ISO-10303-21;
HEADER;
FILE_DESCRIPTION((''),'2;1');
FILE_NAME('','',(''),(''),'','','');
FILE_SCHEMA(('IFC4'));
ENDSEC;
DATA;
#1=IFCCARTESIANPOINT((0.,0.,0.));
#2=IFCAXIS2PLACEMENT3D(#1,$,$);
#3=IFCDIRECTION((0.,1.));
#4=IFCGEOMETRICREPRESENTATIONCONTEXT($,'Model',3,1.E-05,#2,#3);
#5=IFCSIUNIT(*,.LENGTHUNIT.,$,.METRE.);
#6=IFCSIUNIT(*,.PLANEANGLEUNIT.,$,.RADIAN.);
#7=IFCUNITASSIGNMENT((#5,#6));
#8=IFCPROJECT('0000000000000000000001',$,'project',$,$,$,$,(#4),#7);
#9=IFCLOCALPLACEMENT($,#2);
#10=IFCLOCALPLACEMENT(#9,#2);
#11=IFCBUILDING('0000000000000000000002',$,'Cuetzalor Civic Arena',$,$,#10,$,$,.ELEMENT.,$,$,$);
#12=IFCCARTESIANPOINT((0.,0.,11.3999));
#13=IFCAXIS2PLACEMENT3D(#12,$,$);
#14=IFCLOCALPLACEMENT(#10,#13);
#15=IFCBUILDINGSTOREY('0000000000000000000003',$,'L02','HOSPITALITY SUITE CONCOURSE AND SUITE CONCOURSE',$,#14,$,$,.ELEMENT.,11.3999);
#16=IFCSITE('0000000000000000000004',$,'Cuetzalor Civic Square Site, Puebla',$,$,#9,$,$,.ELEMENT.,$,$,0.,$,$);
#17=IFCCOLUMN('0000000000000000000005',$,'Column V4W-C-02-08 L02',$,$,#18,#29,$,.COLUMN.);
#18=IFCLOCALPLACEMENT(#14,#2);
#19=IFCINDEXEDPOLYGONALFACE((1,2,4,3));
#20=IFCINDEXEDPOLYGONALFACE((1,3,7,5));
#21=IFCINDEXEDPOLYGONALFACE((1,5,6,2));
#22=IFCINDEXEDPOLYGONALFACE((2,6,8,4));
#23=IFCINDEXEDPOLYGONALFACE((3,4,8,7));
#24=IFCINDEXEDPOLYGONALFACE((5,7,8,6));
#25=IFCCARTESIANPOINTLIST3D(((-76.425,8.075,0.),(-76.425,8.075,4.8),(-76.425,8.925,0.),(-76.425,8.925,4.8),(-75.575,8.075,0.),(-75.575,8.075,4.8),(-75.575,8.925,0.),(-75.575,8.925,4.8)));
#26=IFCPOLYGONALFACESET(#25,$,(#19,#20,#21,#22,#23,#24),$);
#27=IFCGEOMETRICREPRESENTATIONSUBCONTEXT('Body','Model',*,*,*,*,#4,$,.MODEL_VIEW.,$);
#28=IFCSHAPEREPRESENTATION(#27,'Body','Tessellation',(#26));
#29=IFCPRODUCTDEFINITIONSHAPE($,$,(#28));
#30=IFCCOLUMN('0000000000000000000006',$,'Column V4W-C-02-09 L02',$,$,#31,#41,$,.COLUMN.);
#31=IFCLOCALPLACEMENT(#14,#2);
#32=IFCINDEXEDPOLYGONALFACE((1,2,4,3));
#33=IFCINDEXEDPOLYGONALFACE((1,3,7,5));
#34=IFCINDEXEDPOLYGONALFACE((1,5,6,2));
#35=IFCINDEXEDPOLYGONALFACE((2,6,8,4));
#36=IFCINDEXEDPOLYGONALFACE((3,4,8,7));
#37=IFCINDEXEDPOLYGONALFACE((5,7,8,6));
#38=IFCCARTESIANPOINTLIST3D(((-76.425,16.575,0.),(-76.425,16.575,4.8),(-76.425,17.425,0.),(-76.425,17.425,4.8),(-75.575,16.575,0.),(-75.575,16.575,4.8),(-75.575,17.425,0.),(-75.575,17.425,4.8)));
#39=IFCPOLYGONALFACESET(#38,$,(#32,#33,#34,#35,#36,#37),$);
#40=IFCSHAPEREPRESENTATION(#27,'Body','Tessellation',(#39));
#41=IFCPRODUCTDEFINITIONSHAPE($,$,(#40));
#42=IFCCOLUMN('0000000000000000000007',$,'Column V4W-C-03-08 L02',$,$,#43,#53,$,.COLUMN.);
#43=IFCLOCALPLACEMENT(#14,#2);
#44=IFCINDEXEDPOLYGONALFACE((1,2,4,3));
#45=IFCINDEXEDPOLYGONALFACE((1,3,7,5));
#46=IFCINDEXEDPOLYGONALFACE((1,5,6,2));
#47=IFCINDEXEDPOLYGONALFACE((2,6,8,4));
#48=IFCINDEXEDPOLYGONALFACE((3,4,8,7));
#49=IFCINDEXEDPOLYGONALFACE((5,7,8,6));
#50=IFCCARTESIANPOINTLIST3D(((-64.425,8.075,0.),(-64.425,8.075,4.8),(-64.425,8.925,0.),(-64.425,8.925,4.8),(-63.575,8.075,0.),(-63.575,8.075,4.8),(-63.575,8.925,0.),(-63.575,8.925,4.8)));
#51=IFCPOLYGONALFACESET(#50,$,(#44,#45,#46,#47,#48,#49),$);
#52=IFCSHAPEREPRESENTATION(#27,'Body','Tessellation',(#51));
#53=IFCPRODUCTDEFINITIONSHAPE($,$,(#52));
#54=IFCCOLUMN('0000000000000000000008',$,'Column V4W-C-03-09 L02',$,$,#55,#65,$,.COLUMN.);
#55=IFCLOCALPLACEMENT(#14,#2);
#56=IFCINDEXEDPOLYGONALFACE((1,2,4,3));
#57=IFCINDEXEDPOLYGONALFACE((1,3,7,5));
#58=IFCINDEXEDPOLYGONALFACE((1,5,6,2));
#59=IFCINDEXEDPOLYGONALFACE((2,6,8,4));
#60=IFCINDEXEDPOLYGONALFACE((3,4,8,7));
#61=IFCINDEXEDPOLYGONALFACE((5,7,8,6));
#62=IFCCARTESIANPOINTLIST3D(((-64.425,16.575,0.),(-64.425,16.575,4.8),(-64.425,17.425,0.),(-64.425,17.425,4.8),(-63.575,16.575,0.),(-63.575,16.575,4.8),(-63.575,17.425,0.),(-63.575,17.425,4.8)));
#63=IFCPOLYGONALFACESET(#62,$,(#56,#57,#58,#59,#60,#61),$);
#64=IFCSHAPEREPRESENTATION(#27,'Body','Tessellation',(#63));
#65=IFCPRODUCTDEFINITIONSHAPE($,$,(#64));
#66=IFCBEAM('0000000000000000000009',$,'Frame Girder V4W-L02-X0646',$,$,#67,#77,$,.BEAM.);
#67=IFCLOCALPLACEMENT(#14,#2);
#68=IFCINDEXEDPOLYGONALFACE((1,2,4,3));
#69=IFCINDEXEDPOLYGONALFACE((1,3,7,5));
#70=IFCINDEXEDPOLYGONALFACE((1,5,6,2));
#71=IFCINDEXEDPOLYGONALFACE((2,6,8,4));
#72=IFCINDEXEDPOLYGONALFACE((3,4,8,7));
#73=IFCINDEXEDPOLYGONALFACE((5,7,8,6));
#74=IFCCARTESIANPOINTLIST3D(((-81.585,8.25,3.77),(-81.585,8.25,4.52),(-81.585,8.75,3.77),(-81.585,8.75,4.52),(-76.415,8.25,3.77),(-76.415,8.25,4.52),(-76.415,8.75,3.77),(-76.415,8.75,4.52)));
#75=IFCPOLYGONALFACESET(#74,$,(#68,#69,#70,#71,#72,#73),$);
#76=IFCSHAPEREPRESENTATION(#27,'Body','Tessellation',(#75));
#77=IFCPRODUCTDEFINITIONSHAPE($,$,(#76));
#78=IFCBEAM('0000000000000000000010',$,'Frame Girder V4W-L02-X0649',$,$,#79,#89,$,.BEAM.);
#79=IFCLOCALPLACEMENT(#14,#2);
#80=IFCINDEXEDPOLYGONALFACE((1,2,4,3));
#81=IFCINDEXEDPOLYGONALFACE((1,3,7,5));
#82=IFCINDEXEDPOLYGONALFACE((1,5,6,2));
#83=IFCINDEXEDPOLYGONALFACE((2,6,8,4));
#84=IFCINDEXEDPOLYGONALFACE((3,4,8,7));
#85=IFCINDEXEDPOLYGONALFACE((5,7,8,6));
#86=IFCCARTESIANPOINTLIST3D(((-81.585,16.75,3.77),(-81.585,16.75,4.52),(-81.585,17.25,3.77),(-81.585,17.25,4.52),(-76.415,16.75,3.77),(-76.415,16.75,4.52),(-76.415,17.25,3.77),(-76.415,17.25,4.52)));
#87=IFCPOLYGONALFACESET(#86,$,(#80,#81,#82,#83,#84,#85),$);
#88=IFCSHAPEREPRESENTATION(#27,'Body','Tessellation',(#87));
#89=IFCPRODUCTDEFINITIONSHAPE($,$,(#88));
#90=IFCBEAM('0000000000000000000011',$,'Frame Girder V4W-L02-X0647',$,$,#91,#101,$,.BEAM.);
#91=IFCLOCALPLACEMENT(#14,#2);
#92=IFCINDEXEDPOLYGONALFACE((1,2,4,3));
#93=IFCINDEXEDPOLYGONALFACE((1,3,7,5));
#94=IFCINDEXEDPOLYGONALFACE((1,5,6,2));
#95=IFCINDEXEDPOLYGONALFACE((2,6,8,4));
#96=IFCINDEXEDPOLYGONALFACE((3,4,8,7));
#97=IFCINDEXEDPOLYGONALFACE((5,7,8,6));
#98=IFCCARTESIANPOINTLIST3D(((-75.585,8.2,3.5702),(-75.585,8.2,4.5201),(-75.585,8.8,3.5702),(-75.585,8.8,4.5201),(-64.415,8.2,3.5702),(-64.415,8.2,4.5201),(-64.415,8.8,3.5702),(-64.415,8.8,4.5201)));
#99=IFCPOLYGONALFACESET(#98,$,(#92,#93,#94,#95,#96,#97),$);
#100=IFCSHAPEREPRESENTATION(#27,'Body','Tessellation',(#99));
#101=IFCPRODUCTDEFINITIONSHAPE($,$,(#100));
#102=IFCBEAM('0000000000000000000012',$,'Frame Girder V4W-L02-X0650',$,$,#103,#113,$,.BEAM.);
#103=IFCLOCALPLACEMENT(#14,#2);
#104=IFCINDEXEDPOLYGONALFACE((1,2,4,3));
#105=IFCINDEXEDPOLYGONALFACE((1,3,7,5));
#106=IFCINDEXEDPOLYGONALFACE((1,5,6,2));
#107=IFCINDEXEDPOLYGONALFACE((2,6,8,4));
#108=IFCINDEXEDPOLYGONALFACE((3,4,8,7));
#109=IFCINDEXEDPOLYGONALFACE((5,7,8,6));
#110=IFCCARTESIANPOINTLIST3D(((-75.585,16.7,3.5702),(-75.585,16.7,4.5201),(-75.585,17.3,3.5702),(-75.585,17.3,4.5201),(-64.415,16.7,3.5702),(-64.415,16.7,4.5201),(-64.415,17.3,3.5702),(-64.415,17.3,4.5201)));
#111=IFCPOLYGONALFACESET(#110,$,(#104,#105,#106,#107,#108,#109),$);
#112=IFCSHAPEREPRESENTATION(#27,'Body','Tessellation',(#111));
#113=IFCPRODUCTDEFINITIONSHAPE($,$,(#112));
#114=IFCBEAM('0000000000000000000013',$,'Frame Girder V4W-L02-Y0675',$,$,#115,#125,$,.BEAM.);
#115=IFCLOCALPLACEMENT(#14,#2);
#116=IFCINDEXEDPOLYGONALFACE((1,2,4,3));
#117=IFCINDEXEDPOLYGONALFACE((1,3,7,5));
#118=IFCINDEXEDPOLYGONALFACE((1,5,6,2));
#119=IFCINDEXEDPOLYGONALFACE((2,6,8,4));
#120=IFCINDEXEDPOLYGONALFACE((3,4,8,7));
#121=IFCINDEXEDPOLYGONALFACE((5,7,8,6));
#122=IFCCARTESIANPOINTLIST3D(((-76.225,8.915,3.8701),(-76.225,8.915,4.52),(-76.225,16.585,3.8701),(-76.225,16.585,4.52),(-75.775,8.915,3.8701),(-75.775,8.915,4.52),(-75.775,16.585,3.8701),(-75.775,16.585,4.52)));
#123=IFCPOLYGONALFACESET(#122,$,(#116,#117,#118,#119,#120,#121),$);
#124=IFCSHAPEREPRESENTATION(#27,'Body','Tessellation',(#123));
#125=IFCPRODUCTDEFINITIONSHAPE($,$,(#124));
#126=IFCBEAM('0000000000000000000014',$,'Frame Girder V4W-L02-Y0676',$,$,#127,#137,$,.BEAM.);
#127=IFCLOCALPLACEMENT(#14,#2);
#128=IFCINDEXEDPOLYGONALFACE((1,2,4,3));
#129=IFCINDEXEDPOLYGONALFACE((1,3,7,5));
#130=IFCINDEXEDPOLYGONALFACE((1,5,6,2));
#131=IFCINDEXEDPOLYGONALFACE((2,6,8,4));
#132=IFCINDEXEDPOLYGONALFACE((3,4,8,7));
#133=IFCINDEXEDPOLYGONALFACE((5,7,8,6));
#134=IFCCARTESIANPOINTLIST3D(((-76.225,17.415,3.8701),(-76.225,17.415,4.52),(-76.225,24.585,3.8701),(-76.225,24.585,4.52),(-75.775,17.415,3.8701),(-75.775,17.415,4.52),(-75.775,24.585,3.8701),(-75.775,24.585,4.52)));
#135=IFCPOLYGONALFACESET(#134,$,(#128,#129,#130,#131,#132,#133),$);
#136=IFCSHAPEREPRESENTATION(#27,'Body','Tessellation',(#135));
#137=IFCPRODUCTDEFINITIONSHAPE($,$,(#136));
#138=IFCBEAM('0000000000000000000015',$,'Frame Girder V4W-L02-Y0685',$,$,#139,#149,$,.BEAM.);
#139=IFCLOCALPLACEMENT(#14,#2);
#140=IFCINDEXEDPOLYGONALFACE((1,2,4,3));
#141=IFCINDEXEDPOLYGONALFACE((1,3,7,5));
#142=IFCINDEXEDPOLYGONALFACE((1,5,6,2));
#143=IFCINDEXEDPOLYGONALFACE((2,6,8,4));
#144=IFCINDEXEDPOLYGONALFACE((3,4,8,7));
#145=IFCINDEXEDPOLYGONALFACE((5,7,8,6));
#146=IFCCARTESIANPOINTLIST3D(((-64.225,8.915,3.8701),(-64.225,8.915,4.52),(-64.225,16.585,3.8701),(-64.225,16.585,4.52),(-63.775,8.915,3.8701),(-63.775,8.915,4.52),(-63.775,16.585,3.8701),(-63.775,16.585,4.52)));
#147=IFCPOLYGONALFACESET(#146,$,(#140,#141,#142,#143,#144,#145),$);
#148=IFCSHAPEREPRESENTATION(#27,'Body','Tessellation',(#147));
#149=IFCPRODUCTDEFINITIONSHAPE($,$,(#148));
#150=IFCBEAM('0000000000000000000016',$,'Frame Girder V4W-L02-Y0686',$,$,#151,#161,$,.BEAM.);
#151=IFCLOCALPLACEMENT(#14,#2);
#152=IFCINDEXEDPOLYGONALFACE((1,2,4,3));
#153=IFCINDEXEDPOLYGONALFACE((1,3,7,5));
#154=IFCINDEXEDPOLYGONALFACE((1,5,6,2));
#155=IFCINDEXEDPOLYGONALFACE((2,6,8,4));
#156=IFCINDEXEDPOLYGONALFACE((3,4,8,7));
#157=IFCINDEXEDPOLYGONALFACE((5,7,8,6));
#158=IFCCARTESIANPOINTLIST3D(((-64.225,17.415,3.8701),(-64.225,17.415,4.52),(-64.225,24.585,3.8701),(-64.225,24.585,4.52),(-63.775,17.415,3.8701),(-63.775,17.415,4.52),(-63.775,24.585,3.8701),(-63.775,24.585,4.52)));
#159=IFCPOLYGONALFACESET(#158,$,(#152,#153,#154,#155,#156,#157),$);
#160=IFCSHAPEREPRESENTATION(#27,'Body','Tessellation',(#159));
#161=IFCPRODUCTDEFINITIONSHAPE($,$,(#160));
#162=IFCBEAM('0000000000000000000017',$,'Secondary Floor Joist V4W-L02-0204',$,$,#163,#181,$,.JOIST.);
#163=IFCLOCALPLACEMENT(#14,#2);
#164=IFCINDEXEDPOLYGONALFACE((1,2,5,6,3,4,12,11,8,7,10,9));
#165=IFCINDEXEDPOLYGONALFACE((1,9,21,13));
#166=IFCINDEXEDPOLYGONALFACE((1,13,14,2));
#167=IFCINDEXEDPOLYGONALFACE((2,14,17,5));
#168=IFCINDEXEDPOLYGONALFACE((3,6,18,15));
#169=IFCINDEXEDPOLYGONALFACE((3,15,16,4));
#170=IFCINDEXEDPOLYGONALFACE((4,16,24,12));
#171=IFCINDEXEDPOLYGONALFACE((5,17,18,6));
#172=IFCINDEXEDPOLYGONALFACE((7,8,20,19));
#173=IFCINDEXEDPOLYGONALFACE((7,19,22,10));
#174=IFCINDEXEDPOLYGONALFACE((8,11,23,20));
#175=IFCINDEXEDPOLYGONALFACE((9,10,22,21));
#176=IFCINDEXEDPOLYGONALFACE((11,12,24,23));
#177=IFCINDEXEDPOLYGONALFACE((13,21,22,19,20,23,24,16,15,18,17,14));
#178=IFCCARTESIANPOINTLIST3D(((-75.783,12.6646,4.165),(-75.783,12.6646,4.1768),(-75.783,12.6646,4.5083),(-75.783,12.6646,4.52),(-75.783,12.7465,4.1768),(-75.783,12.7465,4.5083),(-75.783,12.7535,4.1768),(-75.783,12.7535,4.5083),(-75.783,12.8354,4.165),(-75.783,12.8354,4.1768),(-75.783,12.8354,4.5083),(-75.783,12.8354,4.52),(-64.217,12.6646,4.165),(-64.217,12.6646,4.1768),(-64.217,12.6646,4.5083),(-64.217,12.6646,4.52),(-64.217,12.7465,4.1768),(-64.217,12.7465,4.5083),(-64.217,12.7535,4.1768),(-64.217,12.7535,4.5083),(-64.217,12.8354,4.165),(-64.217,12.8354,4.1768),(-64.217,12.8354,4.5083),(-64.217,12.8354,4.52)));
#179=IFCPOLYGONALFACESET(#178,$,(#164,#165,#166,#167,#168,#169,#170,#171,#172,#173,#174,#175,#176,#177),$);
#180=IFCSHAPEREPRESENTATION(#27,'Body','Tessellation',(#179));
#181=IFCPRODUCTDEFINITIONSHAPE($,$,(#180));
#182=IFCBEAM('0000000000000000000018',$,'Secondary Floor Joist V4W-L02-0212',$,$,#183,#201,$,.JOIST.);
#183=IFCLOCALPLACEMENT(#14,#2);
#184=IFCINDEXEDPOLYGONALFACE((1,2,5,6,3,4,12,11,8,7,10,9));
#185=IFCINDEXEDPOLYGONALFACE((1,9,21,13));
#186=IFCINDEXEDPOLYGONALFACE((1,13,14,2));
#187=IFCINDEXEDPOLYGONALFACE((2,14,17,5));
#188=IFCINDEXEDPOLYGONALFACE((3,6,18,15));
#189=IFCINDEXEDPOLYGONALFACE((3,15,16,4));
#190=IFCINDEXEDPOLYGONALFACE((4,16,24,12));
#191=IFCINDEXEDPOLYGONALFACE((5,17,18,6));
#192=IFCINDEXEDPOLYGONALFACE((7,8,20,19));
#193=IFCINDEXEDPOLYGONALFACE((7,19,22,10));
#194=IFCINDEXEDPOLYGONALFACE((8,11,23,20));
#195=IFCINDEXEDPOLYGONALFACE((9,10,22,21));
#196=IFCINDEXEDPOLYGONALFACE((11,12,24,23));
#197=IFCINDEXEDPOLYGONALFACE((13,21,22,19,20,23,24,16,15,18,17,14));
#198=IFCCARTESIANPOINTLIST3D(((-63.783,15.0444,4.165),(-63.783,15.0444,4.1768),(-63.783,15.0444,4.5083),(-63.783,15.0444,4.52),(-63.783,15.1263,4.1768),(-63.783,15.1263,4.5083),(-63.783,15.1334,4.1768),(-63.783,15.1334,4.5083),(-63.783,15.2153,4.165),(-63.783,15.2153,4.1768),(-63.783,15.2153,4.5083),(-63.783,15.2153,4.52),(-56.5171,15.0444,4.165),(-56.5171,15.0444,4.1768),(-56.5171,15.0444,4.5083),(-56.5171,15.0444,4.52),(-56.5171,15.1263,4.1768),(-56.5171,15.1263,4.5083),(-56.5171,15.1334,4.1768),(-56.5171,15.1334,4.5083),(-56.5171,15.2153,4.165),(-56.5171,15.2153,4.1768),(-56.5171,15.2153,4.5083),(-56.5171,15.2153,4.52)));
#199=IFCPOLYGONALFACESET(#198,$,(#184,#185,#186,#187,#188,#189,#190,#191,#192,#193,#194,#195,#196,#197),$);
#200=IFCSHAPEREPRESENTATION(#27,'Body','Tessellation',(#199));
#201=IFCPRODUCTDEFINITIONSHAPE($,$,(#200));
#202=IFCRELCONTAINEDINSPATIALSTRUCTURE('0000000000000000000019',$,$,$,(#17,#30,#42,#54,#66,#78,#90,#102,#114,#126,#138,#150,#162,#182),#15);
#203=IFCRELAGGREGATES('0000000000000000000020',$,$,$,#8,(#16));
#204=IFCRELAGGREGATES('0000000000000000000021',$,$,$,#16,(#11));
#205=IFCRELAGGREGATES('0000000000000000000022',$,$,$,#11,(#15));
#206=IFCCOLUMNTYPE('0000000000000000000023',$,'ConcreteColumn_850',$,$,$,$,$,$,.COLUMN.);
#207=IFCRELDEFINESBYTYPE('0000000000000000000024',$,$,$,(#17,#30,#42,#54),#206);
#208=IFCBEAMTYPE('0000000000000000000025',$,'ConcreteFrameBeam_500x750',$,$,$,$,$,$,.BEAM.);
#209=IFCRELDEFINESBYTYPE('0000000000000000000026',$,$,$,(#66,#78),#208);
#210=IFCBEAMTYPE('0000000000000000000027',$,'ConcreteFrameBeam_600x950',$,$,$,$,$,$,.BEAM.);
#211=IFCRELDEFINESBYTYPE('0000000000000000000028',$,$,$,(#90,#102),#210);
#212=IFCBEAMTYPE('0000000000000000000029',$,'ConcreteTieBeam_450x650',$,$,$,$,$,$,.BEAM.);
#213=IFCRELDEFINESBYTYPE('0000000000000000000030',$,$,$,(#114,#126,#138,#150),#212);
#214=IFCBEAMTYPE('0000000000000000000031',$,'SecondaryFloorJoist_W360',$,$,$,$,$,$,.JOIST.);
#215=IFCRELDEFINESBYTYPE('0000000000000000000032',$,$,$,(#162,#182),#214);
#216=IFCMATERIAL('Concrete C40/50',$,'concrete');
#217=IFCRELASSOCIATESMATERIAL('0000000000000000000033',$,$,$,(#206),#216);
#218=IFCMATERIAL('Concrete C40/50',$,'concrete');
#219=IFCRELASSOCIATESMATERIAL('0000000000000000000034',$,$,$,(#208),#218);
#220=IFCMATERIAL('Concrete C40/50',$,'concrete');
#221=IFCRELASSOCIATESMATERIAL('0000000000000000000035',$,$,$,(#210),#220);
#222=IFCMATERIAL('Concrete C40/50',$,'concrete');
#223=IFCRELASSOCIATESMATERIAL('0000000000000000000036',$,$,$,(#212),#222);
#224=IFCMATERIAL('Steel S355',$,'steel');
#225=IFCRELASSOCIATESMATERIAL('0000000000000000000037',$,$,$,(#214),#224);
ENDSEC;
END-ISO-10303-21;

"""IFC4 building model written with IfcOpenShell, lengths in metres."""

from ifc_helpers import new_model, si_unit, direction, frame, origin, origin_2d, place, context, subcontext, project, spatial, rectangle, i_section, extrude, material, material_profile, profile_set, type_object, element, save


model = new_model("IFC4")

# Units and contexts
model_context = context("Model", 3, precision=1e-05, world=origin(), true_north=direction((0.0, 1.0)))
body_context = subcontext(model_context, "Body", "Model", "MODEL_VIEW")
ifc_project = project(units=[si_unit("LENGTHUNIT", "METRE"), si_unit("PLANEANGLEUNIT", "RADIAN")], contexts=[model_context])

# Site, building, storey
site_placement = place(None, origin())
site = spatial("IfcSite", under=ifc_project, at=site_placement, Name="Cuetzalor Civic Square Site, Puebla", CompositionType="ELEMENT", RefElevation=0.0)
building_placement = place(site_placement, origin())
building = spatial("IfcBuilding", under=site, at=building_placement, Name="Cuetzalor Civic Arena", CompositionType="ELEMENT")
storey_placement = place(building_placement, frame((0.0, 0.0, 11.3999)))
storey = spatial("IfcBuildingStorey", under=building, at=storey_placement, Name="L02", Description="HOSPITALITY SUITE CONCOURSE AND SUITE CONCOURSE", CompositionType="ELEMENT", Elevation=11.3999)

# Columns
ifc_material_1 = material(Name="Concrete C40/50", Category="concrete")
ifc_material_profile_1 = material_profile(ifc_material_1, rectangle(XDim=0.8501, YDim=0.8501, at=origin_2d()), Name="RC 850x850")
ifc_profile_set_1 = profile_set([ifc_material_profile_1], Name="Concrete C40/50")
column_type = type_object("IfcColumnType", Name="ConcreteColumn_850", PredefinedType="COLUMN", material=ifc_profile_set_1)
for number, where, z_axis, x_axis, name in (
    (1, (-76.0, 8.5, 0.0), (0.0, 0.0, 1.0), (1.0, 0.0, 0.0), "Column V4W-C-02-08 L02"),
    (2, (-76.0, 17.0, 0.0), (0.0, 0.0, 1.0), (1.0, 0.0, 0.0), "Column V4W-C-02-09 L02"),
    (3, (-64.0, 8.5, 0.0), (0.0, 0.0, 1.0), (1.0, 0.0, 0.0), "Column V4W-C-03-08 L02"),
    (4, (-64.0, 17.0, 0.0), (0.0, 0.0, 1.0), (1.0, 0.0, 0.0), "Column V4W-C-03-09 L02"),
):
    element("IfcColumn", number, at=place(storey_placement, frame(where, z_axis=z_axis, x_axis=x_axis)), inside=storey, type_object=column_type, Name=name, PredefinedType="COLUMN", context=body_context, shape_type="SweptSolid", body=[
        extrude(rectangle(XDim=0.8501, YDim=0.8501, at=origin_2d()), origin(), (0.0, 0.0, 1.0), 4.8),
    ])

# Beams
ifc_material_2 = material(Name="Concrete C40/50", Category="concrete")
ifc_material_profile_2 = material_profile(ifc_material_2, rectangle(XDim=0.5, YDim=0.75, at=origin_2d()), Name="RC 500x750")
ifc_profile_set_2 = profile_set([ifc_material_profile_2], Name="Concrete C40/50")
beam_type_1 = type_object("IfcBeamType", Name="ConcreteFrameBeam_500x750", PredefinedType="BEAM", material=ifc_profile_set_2)
for number, where, z_axis, x_axis, name in (
    (5, (-81.585, 8.5, 4.145), (1.0, 0.0, 0.0), (0.0, 1.0, 0.0), "Frame Girder V4W-L02-X0646"),
    (6, (-81.585, 17.0, 4.145), (1.0, 0.0, 0.0), (0.0, 1.0, 0.0), "Frame Girder V4W-L02-X0649"),
):
    element("IfcBeam", number, at=place(storey_placement, frame(where, z_axis=z_axis, x_axis=x_axis)), inside=storey, type_object=beam_type_1, Name=name, PredefinedType="BEAM", context=body_context, shape_type="SweptSolid", body=[
        extrude(rectangle(XDim=0.5, YDim=0.75, at=origin_2d()), origin(), (0.0, 0.0, 1.0), 5.1699),
    ])
ifc_material_3 = material(Name="Concrete C40/50", Category="concrete")
ifc_material_profile_3 = material_profile(ifc_material_3, rectangle(XDim=0.6001, YDim=0.95, at=origin_2d()), Name="RC 600x950")
ifc_profile_set_3 = profile_set([ifc_material_profile_3], Name="Concrete C40/50")
beam_type_2 = type_object("IfcBeamType", Name="ConcreteFrameBeam_600x950", PredefinedType="BEAM", material=ifc_profile_set_3)
for number, where, z_axis, x_axis, name in (
    (7, (-75.585, 8.5, 4.0452), (1.0, 0.0, 0.0), (0.0, 1.0, 0.0), "Frame Girder V4W-L02-X0647"),
    (8, (-75.585, 17.0, 4.0452), (1.0, 0.0, 0.0), (0.0, 1.0, 0.0), "Frame Girder V4W-L02-X0650"),
):
    element("IfcBeam", number, at=place(storey_placement, frame(where, z_axis=z_axis, x_axis=x_axis)), inside=storey, type_object=beam_type_2, Name=name, PredefinedType="BEAM", context=body_context, shape_type="SweptSolid", body=[
        extrude(rectangle(XDim=0.6001, YDim=0.95, at=origin_2d()), origin(), (0.0, 0.0, 1.0), 11.1699),
    ])
ifc_material_4 = material(Name="Concrete C40/50", Category="concrete")
ifc_material_profile_4 = material_profile(ifc_material_4, rectangle(XDim=0.45, YDim=0.6499, at=origin_2d()), Name="RC 450x650")
ifc_profile_set_4 = profile_set([ifc_material_profile_4], Name="Concrete C40/50")
beam_type_3 = type_object("IfcBeamType", Name="ConcreteTieBeam_450x650", PredefinedType="BEAM", material=ifc_profile_set_4)
beam_1_placement = place(storey_placement, frame((-76.0, 8.915, 4.1951), z_axis=(0.0, 1.0, 0.0), x_axis=(-1.0, 0.0, 0.0)))
element("IfcBeam", 9, at=beam_1_placement, inside=storey, type_object=beam_type_3, Name="Frame Girder V4W-L02-Y0675", PredefinedType="BEAM", context=body_context, shape_type="SweptSolid", body=[
    extrude(rectangle(XDim=0.45, YDim=0.6499, at=origin_2d()), origin(), (0.0, 0.0, 1.0), 7.6699),
])
beam_2_placement = place(storey_placement, frame((-76.0, 17.415, 4.1951), z_axis=(0.0, 1.0, 0.0), x_axis=(-1.0, 0.0, 0.0)))
element("IfcBeam", 10, at=beam_2_placement, inside=storey, type_object=beam_type_3, Name="Frame Girder V4W-L02-Y0676", PredefinedType="BEAM", context=body_context, shape_type="SweptSolid", body=[
    extrude(rectangle(XDim=0.45, YDim=0.6499, at=origin_2d()), origin(), (0.0, 0.0, 1.0), 7.1699),
])
beam_3_placement = place(storey_placement, frame((-64.0, 8.915, 4.1951), z_axis=(0.0, 1.0, 0.0), x_axis=(-1.0, 0.0, 0.0)))
element("IfcBeam", 11, at=beam_3_placement, inside=storey, type_object=beam_type_3, Name="Frame Girder V4W-L02-Y0685", PredefinedType="BEAM", context=body_context, shape_type="SweptSolid", body=[
    extrude(rectangle(XDim=0.45, YDim=0.6499, at=origin_2d()), origin(), (0.0, 0.0, 1.0), 7.6699),
])
beam_4_placement = place(storey_placement, frame((-64.0, 17.415, 4.1951), z_axis=(0.0, 1.0, 0.0), x_axis=(-1.0, 0.0, 0.0)))
element("IfcBeam", 12, at=beam_4_placement, inside=storey, type_object=beam_type_3, Name="Frame Girder V4W-L02-Y0686", PredefinedType="BEAM", context=body_context, shape_type="SweptSolid", body=[
    extrude(rectangle(XDim=0.45, YDim=0.6499, at=origin_2d()), origin(), (0.0, 0.0, 1.0), 7.1699),
])
ifc_material_5 = material(Name="Steel S355", Category="steel")
ifc_material_profile_5 = material_profile(ifc_material_5, i_section(OverallWidth=0.1709, OverallDepth=0.355, WebThickness=0.0071, FlangeThickness=0.0117, at=origin_2d()), Name="W360x51")
ifc_profile_set_5 = profile_set([ifc_material_profile_5], Name="Steel S355")
beam_type_4 = type_object("IfcBeamType", Name="SecondaryFloorJoist_W360", PredefinedType="JOIST", material=ifc_profile_set_5)
beam_5_placement = place(storey_placement, frame((-75.783, 12.75, 4.3425), z_axis=(1.0, 0.0, 0.0), x_axis=(0.0, 1.0, 0.0)))
element("IfcBeam", 13, at=beam_5_placement, inside=storey, type_object=beam_type_4, Name="Secondary Floor Joist V4W-L02-0204", PredefinedType="JOIST", context=body_context, shape_type="SweptSolid", body=[
    extrude(i_section(OverallWidth=0.1709, OverallDepth=0.355, WebThickness=0.0071, FlangeThickness=0.0117, at=origin_2d()), origin(), (0.0, 0.0, 1.0), 11.5659),
])
beam_6_placement = place(storey_placement, frame((-63.783, 15.1299, 4.3425), z_axis=(1.0, 0.0, 0.0), x_axis=(0.0, 1.0, 0.0)))
element("IfcBeam", 14, at=beam_6_placement, inside=storey, type_object=beam_type_4, Name="Secondary Floor Joist V4W-L02-0212", PredefinedType="JOIST", context=body_context, shape_type="SweptSolid", body=[
    extrude(i_section(OverallWidth=0.1709, OverallDepth=0.355, WebThickness=0.0071, FlangeThickness=0.0117, at=origin_2d()), origin(), (0.0, 0.0, 1.0), 7.2659),
])

save(model, "model.ifc")
